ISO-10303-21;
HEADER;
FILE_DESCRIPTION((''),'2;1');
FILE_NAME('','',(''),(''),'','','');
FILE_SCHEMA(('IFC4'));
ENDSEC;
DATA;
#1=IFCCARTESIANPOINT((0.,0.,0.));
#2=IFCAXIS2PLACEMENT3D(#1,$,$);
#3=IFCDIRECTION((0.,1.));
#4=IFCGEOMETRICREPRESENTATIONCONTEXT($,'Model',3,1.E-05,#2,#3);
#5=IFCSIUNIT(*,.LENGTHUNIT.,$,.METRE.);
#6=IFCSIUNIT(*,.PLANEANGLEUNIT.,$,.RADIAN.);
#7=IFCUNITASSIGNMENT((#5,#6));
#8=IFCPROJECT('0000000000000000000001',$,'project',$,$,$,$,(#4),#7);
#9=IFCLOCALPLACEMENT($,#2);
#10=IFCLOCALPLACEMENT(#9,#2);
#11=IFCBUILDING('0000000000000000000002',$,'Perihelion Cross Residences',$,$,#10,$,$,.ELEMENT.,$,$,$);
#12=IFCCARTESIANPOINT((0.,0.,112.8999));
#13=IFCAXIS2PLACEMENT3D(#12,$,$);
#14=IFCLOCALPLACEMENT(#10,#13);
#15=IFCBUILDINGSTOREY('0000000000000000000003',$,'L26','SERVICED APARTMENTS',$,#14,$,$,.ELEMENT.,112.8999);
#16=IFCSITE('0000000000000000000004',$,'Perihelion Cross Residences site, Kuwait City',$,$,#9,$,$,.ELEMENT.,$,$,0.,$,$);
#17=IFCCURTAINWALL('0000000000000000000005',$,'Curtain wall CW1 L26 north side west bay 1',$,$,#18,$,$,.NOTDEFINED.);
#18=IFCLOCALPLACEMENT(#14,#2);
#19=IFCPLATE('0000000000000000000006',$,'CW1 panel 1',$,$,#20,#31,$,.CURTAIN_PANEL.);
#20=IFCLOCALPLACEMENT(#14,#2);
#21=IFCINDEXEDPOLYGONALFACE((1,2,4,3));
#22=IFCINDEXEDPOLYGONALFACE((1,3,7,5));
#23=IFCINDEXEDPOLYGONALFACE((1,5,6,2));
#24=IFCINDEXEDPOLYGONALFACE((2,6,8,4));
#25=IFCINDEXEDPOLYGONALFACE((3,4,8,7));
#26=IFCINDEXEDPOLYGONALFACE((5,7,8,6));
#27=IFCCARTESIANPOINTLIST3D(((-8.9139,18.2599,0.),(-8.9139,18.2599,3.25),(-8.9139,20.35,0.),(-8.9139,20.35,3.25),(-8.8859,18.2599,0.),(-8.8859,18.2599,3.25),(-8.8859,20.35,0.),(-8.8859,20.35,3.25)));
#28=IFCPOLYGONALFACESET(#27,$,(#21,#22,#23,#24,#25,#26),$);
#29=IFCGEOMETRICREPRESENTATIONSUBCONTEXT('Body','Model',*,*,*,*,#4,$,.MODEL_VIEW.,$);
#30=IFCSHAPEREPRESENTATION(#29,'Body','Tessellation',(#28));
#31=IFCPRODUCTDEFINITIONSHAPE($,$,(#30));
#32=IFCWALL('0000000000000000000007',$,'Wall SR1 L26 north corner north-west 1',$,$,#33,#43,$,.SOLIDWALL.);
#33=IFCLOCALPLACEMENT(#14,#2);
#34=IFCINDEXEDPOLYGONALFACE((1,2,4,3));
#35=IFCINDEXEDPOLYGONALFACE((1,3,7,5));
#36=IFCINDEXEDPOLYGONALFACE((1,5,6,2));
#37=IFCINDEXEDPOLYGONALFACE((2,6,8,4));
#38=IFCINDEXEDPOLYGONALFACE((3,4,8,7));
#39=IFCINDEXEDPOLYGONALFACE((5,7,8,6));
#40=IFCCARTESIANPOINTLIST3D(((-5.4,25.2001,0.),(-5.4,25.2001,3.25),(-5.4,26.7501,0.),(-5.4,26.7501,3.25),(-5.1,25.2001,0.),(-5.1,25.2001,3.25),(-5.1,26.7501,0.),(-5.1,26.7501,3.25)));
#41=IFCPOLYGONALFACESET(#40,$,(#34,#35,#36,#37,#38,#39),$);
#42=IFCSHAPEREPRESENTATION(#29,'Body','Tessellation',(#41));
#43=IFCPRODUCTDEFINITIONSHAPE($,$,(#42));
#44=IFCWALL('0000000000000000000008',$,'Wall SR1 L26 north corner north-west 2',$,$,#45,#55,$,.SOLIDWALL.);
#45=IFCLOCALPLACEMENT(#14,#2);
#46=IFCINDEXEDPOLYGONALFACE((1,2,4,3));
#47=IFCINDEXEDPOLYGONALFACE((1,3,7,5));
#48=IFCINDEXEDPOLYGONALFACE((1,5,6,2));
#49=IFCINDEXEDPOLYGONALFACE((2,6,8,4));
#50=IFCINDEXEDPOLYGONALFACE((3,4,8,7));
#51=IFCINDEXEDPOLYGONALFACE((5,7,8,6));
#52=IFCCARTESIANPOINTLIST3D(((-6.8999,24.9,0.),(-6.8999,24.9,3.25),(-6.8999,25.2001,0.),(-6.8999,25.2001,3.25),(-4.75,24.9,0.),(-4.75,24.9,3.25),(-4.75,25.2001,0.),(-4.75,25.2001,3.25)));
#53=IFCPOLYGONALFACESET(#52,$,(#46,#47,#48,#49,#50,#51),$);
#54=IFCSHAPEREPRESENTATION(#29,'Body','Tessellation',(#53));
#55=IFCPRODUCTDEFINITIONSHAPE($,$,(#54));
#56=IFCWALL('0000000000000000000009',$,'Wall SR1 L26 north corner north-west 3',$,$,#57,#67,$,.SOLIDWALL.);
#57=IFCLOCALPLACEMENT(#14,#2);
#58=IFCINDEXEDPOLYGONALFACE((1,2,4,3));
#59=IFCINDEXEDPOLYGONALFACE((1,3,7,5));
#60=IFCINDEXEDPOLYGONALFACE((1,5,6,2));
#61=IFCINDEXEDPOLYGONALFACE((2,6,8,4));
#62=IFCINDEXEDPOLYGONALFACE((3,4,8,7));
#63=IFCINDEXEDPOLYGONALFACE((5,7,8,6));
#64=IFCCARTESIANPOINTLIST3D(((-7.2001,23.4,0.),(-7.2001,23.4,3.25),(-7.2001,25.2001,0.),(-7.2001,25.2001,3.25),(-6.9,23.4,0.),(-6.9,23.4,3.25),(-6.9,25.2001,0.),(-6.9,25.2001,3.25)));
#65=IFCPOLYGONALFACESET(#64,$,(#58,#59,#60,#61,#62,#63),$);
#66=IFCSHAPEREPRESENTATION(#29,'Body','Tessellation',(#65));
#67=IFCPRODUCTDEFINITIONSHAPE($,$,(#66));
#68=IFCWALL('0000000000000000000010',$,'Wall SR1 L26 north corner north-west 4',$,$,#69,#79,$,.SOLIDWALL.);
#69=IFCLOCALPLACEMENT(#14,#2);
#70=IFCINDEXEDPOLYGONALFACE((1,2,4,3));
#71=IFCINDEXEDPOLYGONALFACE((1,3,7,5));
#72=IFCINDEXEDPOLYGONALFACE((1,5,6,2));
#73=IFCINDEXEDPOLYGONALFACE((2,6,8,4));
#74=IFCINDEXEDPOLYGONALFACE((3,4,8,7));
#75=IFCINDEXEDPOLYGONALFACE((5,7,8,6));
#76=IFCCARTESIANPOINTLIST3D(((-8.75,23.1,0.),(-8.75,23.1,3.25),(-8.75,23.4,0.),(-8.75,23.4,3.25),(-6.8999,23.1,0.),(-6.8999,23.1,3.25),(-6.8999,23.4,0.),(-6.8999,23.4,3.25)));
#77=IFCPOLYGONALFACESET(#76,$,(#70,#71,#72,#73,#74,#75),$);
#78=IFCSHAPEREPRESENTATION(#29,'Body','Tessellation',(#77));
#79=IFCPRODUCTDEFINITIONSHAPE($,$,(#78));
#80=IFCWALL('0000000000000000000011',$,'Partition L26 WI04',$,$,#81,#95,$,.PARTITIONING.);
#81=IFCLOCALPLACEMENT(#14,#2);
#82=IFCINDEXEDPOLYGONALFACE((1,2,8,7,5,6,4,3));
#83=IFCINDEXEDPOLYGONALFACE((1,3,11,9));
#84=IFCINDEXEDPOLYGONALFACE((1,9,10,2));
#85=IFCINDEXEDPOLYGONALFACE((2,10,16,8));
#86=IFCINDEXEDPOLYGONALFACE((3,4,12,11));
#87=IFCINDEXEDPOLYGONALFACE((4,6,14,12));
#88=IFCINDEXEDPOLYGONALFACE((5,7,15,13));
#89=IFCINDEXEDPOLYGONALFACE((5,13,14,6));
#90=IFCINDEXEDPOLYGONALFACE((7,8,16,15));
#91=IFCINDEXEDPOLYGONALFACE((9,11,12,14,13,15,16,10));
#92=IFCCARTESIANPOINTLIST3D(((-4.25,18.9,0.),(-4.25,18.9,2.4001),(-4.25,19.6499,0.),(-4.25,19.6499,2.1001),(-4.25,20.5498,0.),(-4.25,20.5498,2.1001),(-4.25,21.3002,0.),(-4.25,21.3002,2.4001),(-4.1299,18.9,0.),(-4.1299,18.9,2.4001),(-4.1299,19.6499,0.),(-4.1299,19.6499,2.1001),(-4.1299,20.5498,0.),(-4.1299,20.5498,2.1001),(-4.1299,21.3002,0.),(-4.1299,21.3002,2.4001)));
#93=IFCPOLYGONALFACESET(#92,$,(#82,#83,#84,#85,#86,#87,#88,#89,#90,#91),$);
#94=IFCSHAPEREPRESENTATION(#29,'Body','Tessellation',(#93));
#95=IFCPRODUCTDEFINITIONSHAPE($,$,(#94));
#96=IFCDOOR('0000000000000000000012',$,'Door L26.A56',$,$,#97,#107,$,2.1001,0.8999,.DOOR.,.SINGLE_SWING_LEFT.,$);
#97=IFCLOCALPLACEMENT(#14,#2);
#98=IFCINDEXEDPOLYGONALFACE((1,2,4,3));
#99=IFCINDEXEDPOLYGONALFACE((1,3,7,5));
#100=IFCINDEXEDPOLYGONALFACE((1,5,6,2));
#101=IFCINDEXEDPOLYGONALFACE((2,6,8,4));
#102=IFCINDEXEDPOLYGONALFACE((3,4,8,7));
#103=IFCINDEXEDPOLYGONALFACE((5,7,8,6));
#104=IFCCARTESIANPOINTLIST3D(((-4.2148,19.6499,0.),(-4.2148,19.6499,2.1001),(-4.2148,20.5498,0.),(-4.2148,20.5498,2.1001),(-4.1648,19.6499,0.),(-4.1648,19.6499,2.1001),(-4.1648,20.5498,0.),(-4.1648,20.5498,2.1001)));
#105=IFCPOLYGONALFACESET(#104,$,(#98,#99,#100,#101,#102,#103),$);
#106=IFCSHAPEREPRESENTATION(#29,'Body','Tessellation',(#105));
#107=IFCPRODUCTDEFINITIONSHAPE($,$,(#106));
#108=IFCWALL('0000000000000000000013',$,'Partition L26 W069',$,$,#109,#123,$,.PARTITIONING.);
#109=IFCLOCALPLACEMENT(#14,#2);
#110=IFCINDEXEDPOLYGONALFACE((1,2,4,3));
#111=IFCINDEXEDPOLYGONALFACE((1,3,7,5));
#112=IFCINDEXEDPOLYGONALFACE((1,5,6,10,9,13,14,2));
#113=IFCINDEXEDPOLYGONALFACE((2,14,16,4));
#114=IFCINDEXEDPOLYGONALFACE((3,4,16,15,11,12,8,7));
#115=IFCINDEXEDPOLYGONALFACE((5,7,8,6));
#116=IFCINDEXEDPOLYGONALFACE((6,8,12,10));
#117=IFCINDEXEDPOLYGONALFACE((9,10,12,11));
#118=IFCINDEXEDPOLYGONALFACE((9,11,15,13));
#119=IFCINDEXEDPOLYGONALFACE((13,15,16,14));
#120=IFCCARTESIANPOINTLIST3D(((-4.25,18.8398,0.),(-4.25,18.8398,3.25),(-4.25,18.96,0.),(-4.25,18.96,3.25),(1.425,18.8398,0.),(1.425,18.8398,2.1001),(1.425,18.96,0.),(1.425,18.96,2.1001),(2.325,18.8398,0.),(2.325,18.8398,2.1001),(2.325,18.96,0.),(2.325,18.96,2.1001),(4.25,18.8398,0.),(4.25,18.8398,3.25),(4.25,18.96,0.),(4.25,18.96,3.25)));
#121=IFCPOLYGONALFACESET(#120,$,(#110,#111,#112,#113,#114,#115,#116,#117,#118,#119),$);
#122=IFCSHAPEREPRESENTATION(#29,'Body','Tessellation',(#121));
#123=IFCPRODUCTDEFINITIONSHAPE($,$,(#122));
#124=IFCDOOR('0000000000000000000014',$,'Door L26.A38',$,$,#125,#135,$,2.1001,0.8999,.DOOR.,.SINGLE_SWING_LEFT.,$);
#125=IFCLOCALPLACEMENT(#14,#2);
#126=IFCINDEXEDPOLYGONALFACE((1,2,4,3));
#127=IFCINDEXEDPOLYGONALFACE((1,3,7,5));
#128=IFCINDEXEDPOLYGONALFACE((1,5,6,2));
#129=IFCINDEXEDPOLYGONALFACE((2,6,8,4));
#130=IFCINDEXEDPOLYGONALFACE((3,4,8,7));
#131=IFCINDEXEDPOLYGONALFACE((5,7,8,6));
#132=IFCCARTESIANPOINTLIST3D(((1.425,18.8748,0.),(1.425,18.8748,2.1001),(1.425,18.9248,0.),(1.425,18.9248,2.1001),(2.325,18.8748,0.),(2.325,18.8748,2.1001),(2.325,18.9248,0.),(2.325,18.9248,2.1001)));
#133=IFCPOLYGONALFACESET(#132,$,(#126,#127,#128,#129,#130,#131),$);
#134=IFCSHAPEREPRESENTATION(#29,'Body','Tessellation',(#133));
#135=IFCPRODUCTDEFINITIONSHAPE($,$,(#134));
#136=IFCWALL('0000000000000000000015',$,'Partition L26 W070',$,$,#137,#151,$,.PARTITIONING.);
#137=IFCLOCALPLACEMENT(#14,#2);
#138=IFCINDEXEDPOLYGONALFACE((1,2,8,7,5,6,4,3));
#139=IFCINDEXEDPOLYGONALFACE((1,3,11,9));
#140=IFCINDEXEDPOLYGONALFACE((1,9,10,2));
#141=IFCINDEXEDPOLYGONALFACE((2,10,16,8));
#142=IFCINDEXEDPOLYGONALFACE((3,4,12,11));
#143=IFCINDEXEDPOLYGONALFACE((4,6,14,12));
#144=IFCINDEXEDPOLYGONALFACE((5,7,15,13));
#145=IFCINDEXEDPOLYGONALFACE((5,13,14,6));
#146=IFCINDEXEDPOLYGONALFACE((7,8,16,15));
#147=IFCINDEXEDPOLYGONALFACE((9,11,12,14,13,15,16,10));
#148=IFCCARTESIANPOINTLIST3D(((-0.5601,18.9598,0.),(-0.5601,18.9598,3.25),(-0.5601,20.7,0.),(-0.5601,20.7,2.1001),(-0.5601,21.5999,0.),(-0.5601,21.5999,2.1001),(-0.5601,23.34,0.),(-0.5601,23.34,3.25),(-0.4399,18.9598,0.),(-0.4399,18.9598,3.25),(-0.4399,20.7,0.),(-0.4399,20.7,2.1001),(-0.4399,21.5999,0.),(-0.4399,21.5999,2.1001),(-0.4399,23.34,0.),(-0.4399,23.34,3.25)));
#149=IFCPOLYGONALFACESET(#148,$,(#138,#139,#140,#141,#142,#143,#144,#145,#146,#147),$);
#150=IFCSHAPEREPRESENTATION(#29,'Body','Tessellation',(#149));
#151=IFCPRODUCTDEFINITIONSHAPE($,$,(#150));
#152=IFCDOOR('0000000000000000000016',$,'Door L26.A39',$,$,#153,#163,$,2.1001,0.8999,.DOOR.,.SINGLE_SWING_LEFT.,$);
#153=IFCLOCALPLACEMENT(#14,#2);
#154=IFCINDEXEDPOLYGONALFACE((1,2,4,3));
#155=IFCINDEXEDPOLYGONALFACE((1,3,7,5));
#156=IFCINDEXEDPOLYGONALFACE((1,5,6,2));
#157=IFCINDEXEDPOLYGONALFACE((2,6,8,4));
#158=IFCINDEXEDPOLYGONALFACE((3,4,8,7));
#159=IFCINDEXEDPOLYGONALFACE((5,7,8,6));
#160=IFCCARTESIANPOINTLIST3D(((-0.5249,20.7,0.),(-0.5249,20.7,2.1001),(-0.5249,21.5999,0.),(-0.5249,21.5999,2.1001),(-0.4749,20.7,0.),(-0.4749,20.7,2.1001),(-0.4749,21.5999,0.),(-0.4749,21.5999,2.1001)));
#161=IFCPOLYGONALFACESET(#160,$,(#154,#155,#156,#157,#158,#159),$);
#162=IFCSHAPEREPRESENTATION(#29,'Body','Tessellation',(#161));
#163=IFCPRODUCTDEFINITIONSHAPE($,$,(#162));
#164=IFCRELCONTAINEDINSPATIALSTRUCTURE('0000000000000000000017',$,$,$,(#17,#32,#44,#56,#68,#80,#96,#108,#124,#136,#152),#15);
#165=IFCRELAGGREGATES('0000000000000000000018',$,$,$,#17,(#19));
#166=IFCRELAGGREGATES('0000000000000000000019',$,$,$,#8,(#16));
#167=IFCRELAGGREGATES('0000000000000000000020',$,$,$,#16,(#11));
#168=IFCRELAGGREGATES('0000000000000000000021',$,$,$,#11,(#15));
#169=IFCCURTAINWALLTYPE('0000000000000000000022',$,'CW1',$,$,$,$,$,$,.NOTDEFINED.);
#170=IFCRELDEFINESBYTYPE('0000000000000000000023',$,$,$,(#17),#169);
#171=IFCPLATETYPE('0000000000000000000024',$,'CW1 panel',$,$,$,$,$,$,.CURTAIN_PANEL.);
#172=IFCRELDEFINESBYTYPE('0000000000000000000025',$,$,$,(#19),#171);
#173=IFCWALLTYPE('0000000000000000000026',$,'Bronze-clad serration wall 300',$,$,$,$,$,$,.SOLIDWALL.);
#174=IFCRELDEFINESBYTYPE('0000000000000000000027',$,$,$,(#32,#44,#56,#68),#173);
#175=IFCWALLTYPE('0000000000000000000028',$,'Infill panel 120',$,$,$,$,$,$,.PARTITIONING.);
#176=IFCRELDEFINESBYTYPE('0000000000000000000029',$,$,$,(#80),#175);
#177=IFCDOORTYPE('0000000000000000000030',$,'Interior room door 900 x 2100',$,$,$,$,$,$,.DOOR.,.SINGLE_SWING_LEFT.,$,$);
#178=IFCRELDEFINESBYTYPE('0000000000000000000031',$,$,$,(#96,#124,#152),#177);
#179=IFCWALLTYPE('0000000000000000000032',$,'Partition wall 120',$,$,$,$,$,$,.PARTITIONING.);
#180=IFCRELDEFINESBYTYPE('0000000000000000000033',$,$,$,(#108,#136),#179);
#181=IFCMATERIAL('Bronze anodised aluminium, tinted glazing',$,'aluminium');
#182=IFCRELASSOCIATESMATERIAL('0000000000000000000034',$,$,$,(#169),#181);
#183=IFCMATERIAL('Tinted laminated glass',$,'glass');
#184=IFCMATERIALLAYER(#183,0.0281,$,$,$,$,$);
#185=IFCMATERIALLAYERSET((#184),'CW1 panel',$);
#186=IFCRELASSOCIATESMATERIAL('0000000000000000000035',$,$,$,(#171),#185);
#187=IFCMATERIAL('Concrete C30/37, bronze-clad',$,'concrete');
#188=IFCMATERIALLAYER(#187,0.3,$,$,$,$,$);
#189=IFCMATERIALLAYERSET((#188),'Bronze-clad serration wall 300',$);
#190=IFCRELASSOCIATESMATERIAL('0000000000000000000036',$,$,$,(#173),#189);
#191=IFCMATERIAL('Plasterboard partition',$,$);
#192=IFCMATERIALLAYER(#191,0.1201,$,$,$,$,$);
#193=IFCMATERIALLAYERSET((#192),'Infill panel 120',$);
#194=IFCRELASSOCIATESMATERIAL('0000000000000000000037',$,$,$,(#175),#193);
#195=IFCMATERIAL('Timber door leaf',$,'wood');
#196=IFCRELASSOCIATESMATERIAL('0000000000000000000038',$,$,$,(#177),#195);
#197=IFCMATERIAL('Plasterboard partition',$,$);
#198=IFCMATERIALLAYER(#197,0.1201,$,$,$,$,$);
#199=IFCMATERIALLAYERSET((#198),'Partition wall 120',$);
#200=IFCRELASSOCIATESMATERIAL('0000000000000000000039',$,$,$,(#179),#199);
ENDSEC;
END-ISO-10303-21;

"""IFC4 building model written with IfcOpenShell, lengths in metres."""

from ifc_helpers import new_model, si_unit, direction, frame, frame_2d, origin, origin_2d, place, context, subcontext, project, spatial, rectangle, extrude, material, layer, layer_set, type_object, element, fill, aggregate, save


model = new_model("IFC4")

# Units and contexts
model_context = context("Model", 3, precision=1e-05, world=origin(), true_north=direction((0.0, 1.0)))
body_context = subcontext(model_context, "Body", "Model", "MODEL_VIEW")
ifc_project = project(units=[si_unit("LENGTHUNIT", "METRE"), si_unit("PLANEANGLEUNIT", "RADIAN")], contexts=[model_context])

# Site, building, storey
site_placement = place(None, origin())
site = spatial("IfcSite", under=ifc_project, at=site_placement, Name="Perihelion Cross Residences site, Kuwait City", CompositionType="ELEMENT", RefElevation=0.0)
building_placement = place(site_placement, origin())
building = spatial("IfcBuilding", under=site, at=building_placement, Name="Perihelion Cross Residences", CompositionType="ELEMENT")
storey_placement = place(building_placement, frame((0.0, 0.0, 112.8999)))
storey = spatial("IfcBuildingStorey", under=building, at=storey_placement, Name="L26", Description="SERVICED APARTMENTS", CompositionType="ELEMENT", Elevation=112.8999)

# Curtain wall
ifc_material_1 = material(Name="Bronze anodised aluminium, tinted glazing", Category="aluminium")
curtain_wall_type = type_object("IfcCurtainWallType", Name="CW1", PredefinedType="NOTDEFINED", material=ifc_material_1)
curtain_wall_1_placement = place(storey_placement, origin())
curtain_wall_1 = element("IfcCurtainWall", 1, at=curtain_wall_1_placement, inside=storey, type_object=curtain_wall_type, Name="Curtain wall CW1 L26 north side west bay 1", PredefinedType="NOTDEFINED")

# Plate
ifc_material_2 = material(Name="Tinted laminated glass", Category="glass")
ifc_layer_1 = layer(ifc_material_2, 0.0281)
ifc_layer_set_1 = layer_set([ifc_layer_1], Name="CW1 panel")
plate_type = type_object("IfcPlateType", Name="CW1 panel", PredefinedType="CURTAIN_PANEL", material=ifc_layer_set_1)
plate_1_placement = place(storey_placement, frame((-8.8999, 19.3049, 0.0), z_axis=(0.0, 0.0, 1.0), x_axis=(0.0, -1.0, 0.0)))
plate_1 = element("IfcPlate", 2, at=plate_1_placement, type_object=plate_type, Name="CW1 panel 1", PredefinedType="CURTAIN_PANEL", context=body_context, shape_type="SweptSolid", body=[
    extrude(rectangle(XDim=2.0901, YDim=0.0281, at=origin_2d()), origin(), (0.0, 0.0, 1.0), 3.25),
])
aggregate(curtain_wall_1, [plate_1])

# Walls
ifc_material_3 = material(Name="Concrete C30/37, bronze-clad", Category="concrete")
ifc_layer_2 = layer(ifc_material_3, 0.3)
ifc_layer_set_2 = layer_set([ifc_layer_2], Name="Bronze-clad serration wall 300")
wall_type_1 = type_object("IfcWallType", Name="Bronze-clad serration wall 300", PredefinedType="SOLIDWALL", material=ifc_layer_set_2)
wall_1_placement = place(storey_placement, frame((-5.25, 26.75, 0.0), z_axis=(0.0, 0.0, 1.0), x_axis=(0.0, -1.0, 0.0)))
element("IfcWall", 3, at=wall_1_placement, inside=storey, type_object=wall_type_1, Name="Wall SR1 L26 north corner north-west 1", PredefinedType="SOLIDWALL", context=body_context, shape_type="SweptSolid", body=[
    extrude(rectangle(XDim=1.55, YDim=0.3, at=frame_2d((0.7749, 0.0))), origin(), (0.0, 0.0, 1.0), 3.25),
])
wall_2_placement = place(storey_placement, frame((-4.75, 25.05, 0.0), z_axis=(0.0, 0.0, 1.0), x_axis=(-1.0, 0.0, 0.0)))
element("IfcWall", 4, at=wall_2_placement, inside=storey, type_object=wall_type_1, Name="Wall SR1 L26 north corner north-west 2", PredefinedType="SOLIDWALL", context=body_context, shape_type="SweptSolid", body=[
    extrude(rectangle(XDim=2.1499, YDim=0.3, at=frame_2d((1.075, 0.0))), origin(), (0.0, 0.0, 1.0), 3.25),
])
wall_3_placement = place(storey_placement, frame((-7.05, 25.2, 0.0), z_axis=(0.0, 0.0, 1.0), x_axis=(0.0, -1.0, 0.0)))
element("IfcWall", 5, at=wall_3_placement, inside=storey, type_object=wall_type_1, Name="Wall SR1 L26 north corner north-west 3", PredefinedType="SOLIDWALL", context=body_context, shape_type="SweptSolid", body=[
    extrude(rectangle(XDim=1.8, YDim=0.3, at=frame_2d((0.8999, 0.0))), origin(), (0.0, 0.0, 1.0), 3.25),
])
wall_4_placement = place(storey_placement, frame((-6.8999, 23.25, 0.0), z_axis=(0.0, 0.0, 1.0), x_axis=(-1.0, 0.0, 0.0)))
element("IfcWall", 6, at=wall_4_placement, inside=storey, type_object=wall_type_1, Name="Wall SR1 L26 north corner north-west 4", PredefinedType="SOLIDWALL", context=body_context, shape_type="SweptSolid", body=[
    extrude(rectangle(XDim=1.8501, YDim=0.3, at=frame_2d((0.925, 0.0))), origin(), (0.0, 0.0, 1.0), 3.25),
])

# Walls, openings, doors
ifc_material_4 = material(Name="Plasterboard partition")
ifc_layer_3 = layer(ifc_material_4, 0.1201)
ifc_layer_set_3 = layer_set([ifc_layer_3], Name="Infill panel 120")
wall_type_2 = type_object("IfcWallType", Name="Infill panel 120", PredefinedType="PARTITIONING", material=ifc_layer_set_3)
wall_5_placement = place(storey_placement, frame((-4.1899, 18.8999, 0.0), z_axis=(0.0, 0.0, 1.0), x_axis=(0.0, 1.0, 0.0)))
wall_5 = element("IfcWall", 7, at=wall_5_placement, inside=storey, type_object=wall_type_2, Name="Partition L26 WI04", PredefinedType="PARTITIONING", context=body_context, shape_type="SweptSolid", body=[
    extrude(rectangle(XDim=2.4001, YDim=0.1201, at=frame_2d((1.2002, 0.0))), origin(), (0.0, 0.0, 1.0), 2.4001),
])
opening_1_placement = place(wall_5_placement, frame((0.75, 0.0, 0.0)))
opening_1 = element("IfcOpeningElement", 8, at=opening_1_placement, cuts=wall_5, PredefinedType="OPENING", context=body_context, shape_type="SweptSolid", body=[
    extrude(rectangle(XDim=0.8999, YDim=2.1001, at=frame_2d((0.45, 1.05))), frame((0.0, 0.0701, 0.0), z_axis=(0.0, -1.0, 0.0), x_axis=(1.0, 0.0, 0.0)), (0.0, 0.0, 1.0), 0.1401),
])
ifc_material_5 = material(Name="Timber door leaf", Category="wood")
door_type_1 = type_object("IfcDoorType", Name="Interior room door 900 x 2100", OperationType="SINGLE_SWING_LEFT", PredefinedType="DOOR", material=ifc_material_5)
door_1_placement = place(opening_1_placement, origin())
door_1 = element("IfcDoor", 9, at=door_1_placement, inside=storey, type_object=door_type_1, Name="Door L26.A56", OperationType="SINGLE_SWING_LEFT", OverallHeight=2.1001, OverallWidth=0.8999, PredefinedType="DOOR", context=body_context, shape_type="SweptSolid", body=[
    extrude(rectangle(XDim=0.8999, YDim=2.1001, at=frame_2d((0.45, 1.05))), frame((0.0, 0.0249, 0.0), z_axis=(0.0, -1.0, 0.0), x_axis=(1.0, 0.0, 0.0)), (0.0, 0.0, 1.0), 0.05),
])
fill(opening_1, door_1)
ifc_material_6 = material(Name="Plasterboard partition")
ifc_layer_4 = layer(ifc_material_6, 0.1201)
ifc_layer_set_4 = layer_set([ifc_layer_4], Name="Partition wall 120")
wall_type_3 = type_object("IfcWallType", Name="Partition wall 120", PredefinedType="PARTITIONING", material=ifc_layer_set_4)
wall_6_placement = place(storey_placement, frame((-4.25, 18.8999, 0.0), z_axis=(0.0, 0.0, 1.0), x_axis=(1.0, 0.0, 0.0)))
wall_6 = element("IfcWall", 10, at=wall_6_placement, inside=storey, type_object=wall_type_3, Name="Partition L26 W069", PredefinedType="PARTITIONING", context=body_context, shape_type="SweptSolid", body=[
    extrude(rectangle(XDim=8.5, YDim=0.1201, at=frame_2d((4.25, 0.0))), origin(), (0.0, 0.0, 1.0), 3.25),
])
opening_2_placement = place(wall_6_placement, frame((5.675, 0.0, 0.0)))
opening_2 = element("IfcOpeningElement", 11, at=opening_2_placement, cuts=wall_6, PredefinedType="OPENING", context=body_context, shape_type="SweptSolid", body=[
    extrude(rectangle(XDim=0.8999, YDim=2.1001, at=frame_2d((0.45, 1.05))), frame((0.0, 0.0701, 0.0), z_axis=(0.0, -1.0, 0.0), x_axis=(1.0, 0.0, 0.0)), (0.0, 0.0, 1.0), 0.1401),
])
door_2_placement = place(opening_2_placement, origin())
door_2 = element("IfcDoor", 12, at=door_2_placement, inside=storey, type_object=door_type_1, Name="Door L26.A38", OperationType="SINGLE_SWING_LEFT", OverallHeight=2.1001, OverallWidth=0.8999, PredefinedType="DOOR", context=body_context, shape_type="SweptSolid", body=[
    extrude(rectangle(XDim=0.8999, YDim=2.1001, at=frame_2d((0.45, 1.05))), frame((0.0, 0.0249, 0.0), z_axis=(0.0, -1.0, 0.0), x_axis=(1.0, 0.0, 0.0)), (0.0, 0.0, 1.0), 0.05),
])
fill(opening_2, door_2)
wall_7_placement = place(storey_placement, frame((-0.5, 18.96, 0.0), z_axis=(0.0, 0.0, 1.0), x_axis=(0.0, 1.0, 0.0)))
wall_7 = element("IfcWall", 13, at=wall_7_placement, inside=storey, type_object=wall_type_3, Name="Partition L26 W070", PredefinedType="PARTITIONING", context=body_context, shape_type="SweptSolid", body=[
    extrude(rectangle(XDim=4.3801, YDim=0.1201, at=frame_2d((2.1899, 0.0))), origin(), (0.0, 0.0, 1.0), 3.25),
])
opening_3_placement = place(wall_7_placement, frame((1.74, 0.0, 0.0)))
opening_3 = element("IfcOpeningElement", 14, at=opening_3_placement, cuts=wall_7, PredefinedType="OPENING", context=body_context, shape_type="SweptSolid", body=[
    extrude(rectangle(XDim=0.8999, YDim=2.1001, at=frame_2d((0.45, 1.05))), frame((0.0, 0.0701, 0.0), z_axis=(0.0, -1.0, 0.0), x_axis=(1.0, 0.0, 0.0)), (0.0, 0.0, 1.0), 0.1401),
])
door_3_placement = place(opening_3_placement, origin())
door_3 = element("IfcDoor", 15, at=door_3_placement, inside=storey, type_object=door_type_1, Name="Door L26.A39", OperationType="SINGLE_SWING_LEFT", OverallHeight=2.1001, OverallWidth=0.8999, PredefinedType="DOOR", context=body_context, shape_type="SweptSolid", body=[
    extrude(rectangle(XDim=0.8999, YDim=2.1001, at=frame_2d((0.45, 1.05))), frame((0.0, 0.0249, 0.0), z_axis=(0.0, -1.0, 0.0), x_axis=(1.0, 0.0, 0.0)), (0.0, 0.0, 1.0), 0.05),
])
fill(opening_3, door_3)

save(model, "model.ifc")
